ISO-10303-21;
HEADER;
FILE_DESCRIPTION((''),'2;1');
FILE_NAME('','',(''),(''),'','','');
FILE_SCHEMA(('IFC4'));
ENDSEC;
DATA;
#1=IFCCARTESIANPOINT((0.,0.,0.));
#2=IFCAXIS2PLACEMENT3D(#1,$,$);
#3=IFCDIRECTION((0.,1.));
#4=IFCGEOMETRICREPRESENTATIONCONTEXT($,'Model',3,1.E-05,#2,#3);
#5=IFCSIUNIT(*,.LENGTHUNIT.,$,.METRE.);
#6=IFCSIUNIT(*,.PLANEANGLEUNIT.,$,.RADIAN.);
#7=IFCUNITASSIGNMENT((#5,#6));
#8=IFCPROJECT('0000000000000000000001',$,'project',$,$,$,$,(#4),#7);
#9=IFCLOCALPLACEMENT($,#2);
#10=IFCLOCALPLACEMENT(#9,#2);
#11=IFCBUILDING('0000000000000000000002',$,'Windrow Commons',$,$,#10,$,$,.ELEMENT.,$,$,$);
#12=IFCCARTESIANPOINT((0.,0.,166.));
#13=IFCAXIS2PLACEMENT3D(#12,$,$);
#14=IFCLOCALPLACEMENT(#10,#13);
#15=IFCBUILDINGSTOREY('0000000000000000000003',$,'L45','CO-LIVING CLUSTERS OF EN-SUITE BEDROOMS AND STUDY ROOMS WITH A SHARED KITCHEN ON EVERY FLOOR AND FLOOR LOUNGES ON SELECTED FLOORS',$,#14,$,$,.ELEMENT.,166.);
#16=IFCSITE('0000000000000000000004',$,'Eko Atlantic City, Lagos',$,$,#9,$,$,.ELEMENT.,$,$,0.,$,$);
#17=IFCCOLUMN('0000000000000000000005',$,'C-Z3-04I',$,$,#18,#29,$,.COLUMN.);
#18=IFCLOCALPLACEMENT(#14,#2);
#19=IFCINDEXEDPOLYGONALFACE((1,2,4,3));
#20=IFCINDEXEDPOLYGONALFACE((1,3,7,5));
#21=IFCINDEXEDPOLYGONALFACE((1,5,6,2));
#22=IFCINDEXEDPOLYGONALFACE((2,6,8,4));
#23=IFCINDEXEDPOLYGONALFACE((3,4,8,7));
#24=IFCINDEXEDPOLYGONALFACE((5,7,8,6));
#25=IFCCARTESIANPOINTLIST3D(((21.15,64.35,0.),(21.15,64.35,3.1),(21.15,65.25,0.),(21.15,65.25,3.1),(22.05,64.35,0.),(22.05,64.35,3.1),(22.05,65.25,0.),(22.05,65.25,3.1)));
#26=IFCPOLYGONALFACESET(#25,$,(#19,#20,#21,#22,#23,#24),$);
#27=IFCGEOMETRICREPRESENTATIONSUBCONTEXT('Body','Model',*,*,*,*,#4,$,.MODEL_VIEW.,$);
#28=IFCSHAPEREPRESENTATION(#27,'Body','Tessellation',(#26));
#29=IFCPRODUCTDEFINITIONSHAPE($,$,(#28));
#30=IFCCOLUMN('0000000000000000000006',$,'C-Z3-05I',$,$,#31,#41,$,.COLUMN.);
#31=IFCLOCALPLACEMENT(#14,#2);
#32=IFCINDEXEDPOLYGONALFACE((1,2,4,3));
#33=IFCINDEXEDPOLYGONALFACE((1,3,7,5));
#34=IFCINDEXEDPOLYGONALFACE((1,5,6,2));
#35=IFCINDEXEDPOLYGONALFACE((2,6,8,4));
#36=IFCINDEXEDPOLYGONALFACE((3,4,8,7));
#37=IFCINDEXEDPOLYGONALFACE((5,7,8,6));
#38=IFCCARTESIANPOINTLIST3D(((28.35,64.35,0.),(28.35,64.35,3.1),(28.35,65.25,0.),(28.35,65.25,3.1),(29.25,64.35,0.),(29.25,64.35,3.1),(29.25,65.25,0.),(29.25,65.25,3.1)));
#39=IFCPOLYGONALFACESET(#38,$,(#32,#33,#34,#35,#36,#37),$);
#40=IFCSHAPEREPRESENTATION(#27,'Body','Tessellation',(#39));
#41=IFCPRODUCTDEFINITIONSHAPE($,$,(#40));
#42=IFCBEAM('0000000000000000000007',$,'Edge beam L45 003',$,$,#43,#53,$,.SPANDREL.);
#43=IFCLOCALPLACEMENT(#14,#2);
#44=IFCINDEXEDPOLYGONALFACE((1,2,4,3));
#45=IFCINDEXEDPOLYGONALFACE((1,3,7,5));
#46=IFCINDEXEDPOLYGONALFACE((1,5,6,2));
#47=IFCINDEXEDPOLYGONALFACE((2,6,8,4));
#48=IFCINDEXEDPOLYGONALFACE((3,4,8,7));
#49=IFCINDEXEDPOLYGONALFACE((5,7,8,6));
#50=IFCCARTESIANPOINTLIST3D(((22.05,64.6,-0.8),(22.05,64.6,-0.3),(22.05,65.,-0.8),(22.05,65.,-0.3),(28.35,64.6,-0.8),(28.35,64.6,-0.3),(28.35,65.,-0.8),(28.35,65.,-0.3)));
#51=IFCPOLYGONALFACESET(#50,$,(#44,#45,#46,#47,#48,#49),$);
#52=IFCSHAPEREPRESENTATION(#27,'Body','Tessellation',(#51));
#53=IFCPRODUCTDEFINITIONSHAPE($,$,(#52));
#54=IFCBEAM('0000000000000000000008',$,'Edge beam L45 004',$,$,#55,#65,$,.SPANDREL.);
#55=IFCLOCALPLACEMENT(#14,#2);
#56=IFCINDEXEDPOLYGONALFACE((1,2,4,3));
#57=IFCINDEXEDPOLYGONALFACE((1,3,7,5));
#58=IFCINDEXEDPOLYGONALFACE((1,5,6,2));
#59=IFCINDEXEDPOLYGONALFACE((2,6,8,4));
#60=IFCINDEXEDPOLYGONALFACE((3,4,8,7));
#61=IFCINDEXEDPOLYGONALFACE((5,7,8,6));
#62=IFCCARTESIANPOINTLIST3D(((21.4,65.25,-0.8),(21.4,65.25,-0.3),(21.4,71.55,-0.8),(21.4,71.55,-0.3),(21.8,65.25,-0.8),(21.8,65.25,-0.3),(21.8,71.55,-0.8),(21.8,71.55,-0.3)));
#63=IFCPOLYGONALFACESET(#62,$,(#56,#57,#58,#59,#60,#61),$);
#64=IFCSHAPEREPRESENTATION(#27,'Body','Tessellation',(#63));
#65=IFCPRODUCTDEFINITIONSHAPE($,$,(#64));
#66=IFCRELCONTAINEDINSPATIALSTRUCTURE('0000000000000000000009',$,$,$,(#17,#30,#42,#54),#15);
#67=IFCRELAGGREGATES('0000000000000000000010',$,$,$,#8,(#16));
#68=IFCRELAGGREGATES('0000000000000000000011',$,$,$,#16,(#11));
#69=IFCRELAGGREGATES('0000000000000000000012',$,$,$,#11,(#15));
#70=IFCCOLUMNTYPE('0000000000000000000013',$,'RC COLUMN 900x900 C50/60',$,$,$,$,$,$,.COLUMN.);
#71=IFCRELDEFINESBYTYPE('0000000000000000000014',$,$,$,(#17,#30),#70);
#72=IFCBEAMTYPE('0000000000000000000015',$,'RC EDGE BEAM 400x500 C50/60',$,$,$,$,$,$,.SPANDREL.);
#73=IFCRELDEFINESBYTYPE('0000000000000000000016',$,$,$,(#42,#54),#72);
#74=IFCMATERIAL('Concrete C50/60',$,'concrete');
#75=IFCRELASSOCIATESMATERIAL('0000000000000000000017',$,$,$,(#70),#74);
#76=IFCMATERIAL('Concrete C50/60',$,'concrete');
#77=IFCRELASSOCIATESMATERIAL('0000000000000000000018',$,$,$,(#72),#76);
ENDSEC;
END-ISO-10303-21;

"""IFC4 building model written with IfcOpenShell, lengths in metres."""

from ifc_helpers import new_model, si_unit, direction, frame, origin, origin_2d, place, context, subcontext, project, spatial, rectangle, extrude, material, material_profile, profile_set, type_object, element, save


model = new_model("IFC4")

# Units and contexts
model_context = context("Model", 3, precision=1e-05, world=origin(), true_north=direction((0.0, 1.0)))
body_context = subcontext(model_context, "Body", "Model", "MODEL_VIEW")
ifc_project = project(units=[si_unit("LENGTHUNIT", "METRE"), si_unit("PLANEANGLEUNIT", "RADIAN")], contexts=[model_context])

# Site, building, storey
site_placement = place(None, origin())
site = spatial("IfcSite", under=ifc_project, at=site_placement, Name="Eko Atlantic City, Lagos", CompositionType="ELEMENT", RefElevation=0.0)
building_placement = place(site_placement, origin())
building = spatial("IfcBuilding", under=site, at=building_placement, Name="Windrow Commons", CompositionType="ELEMENT")
storey_placement = place(building_placement, frame((0.0, 0.0, 166.0)))
storey = spatial("IfcBuildingStorey", under=building, at=storey_placement, Name="L45", Description="CO-LIVING CLUSTERS OF EN-SUITE BEDROOMS AND STUDY ROOMS WITH A SHARED KITCHEN ON EVERY FLOOR AND FLOOR LOUNGES ON SELECTED FLOORS", CompositionType="ELEMENT", Elevation=166.0)

# Columns
ifc_material_1 = material(Name="Concrete C50/60", Category="concrete")
ifc_material_profile_1 = material_profile(ifc_material_1, rectangle(XDim=0.9, YDim=0.9, at=origin_2d()))
ifc_profile_set_1 = profile_set([ifc_material_profile_1], Name="Concrete C50/60")
column_type = type_object("IfcColumnType", Name="RC COLUMN 900x900 C50/60", PredefinedType="COLUMN", material=ifc_profile_set_1)
for number, where, z_axis, x_axis, name in (
    (1, (21.6, 64.8, 0.0), (0.0, 0.0, 1.0), (1.0, 0.0, 0.0), "C-Z3-04I"),
    (2, (28.8, 64.8, 0.0), (0.0, 0.0, 1.0), (1.0, 0.0, 0.0), "C-Z3-05I"),
):
    element("IfcColumn", number, at=place(storey_placement, frame(where, z_axis=z_axis, x_axis=x_axis)), inside=storey, type_object=column_type, Name=name, PredefinedType="COLUMN", context=body_context, shape_type="SweptSolid", body=[
        extrude(rectangle(XDim=0.9, YDim=0.9, at=origin_2d()), origin(), (0.0, 0.0, 1.0), 3.1),
    ])

# Beams
ifc_material_2 = material(Name="Concrete C50/60", Category="concrete")
ifc_material_profile_2 = material_profile(ifc_material_2, rectangle(XDim=0.4, YDim=0.5, at=origin_2d()))
ifc_profile_set_2 = profile_set([ifc_material_profile_2], Name="Concrete C50/60")
beam_type = type_object("IfcBeamType", Name="RC EDGE BEAM 400x500 C50/60", PredefinedType="SPANDREL", material=ifc_profile_set_2)
for number, where, z_axis, x_axis, name in (
    (3, (28.35, 64.8, -0.55), (-1.0, 0.0, 0.0), (0.0, -1.0, 0.0), "Edge beam L45 003"),
    (4, (21.6, 65.25, -0.55), (0.0, 1.0, 0.0), (-1.0, 0.0, 0.0), "Edge beam L45 004"),
):
    element("IfcBeam", number, at=place(storey_placement, frame(where, z_axis=z_axis, x_axis=x_axis)), inside=storey, type_object=beam_type, Name=name, PredefinedType="SPANDREL", context=body_context, shape_type="SweptSolid", body=[
        extrude(rectangle(XDim=0.4, YDim=0.5, at=origin_2d()), origin(), (0.0, 0.0, 1.0), 6.3),
    ])

save(model, "model.ifc")
